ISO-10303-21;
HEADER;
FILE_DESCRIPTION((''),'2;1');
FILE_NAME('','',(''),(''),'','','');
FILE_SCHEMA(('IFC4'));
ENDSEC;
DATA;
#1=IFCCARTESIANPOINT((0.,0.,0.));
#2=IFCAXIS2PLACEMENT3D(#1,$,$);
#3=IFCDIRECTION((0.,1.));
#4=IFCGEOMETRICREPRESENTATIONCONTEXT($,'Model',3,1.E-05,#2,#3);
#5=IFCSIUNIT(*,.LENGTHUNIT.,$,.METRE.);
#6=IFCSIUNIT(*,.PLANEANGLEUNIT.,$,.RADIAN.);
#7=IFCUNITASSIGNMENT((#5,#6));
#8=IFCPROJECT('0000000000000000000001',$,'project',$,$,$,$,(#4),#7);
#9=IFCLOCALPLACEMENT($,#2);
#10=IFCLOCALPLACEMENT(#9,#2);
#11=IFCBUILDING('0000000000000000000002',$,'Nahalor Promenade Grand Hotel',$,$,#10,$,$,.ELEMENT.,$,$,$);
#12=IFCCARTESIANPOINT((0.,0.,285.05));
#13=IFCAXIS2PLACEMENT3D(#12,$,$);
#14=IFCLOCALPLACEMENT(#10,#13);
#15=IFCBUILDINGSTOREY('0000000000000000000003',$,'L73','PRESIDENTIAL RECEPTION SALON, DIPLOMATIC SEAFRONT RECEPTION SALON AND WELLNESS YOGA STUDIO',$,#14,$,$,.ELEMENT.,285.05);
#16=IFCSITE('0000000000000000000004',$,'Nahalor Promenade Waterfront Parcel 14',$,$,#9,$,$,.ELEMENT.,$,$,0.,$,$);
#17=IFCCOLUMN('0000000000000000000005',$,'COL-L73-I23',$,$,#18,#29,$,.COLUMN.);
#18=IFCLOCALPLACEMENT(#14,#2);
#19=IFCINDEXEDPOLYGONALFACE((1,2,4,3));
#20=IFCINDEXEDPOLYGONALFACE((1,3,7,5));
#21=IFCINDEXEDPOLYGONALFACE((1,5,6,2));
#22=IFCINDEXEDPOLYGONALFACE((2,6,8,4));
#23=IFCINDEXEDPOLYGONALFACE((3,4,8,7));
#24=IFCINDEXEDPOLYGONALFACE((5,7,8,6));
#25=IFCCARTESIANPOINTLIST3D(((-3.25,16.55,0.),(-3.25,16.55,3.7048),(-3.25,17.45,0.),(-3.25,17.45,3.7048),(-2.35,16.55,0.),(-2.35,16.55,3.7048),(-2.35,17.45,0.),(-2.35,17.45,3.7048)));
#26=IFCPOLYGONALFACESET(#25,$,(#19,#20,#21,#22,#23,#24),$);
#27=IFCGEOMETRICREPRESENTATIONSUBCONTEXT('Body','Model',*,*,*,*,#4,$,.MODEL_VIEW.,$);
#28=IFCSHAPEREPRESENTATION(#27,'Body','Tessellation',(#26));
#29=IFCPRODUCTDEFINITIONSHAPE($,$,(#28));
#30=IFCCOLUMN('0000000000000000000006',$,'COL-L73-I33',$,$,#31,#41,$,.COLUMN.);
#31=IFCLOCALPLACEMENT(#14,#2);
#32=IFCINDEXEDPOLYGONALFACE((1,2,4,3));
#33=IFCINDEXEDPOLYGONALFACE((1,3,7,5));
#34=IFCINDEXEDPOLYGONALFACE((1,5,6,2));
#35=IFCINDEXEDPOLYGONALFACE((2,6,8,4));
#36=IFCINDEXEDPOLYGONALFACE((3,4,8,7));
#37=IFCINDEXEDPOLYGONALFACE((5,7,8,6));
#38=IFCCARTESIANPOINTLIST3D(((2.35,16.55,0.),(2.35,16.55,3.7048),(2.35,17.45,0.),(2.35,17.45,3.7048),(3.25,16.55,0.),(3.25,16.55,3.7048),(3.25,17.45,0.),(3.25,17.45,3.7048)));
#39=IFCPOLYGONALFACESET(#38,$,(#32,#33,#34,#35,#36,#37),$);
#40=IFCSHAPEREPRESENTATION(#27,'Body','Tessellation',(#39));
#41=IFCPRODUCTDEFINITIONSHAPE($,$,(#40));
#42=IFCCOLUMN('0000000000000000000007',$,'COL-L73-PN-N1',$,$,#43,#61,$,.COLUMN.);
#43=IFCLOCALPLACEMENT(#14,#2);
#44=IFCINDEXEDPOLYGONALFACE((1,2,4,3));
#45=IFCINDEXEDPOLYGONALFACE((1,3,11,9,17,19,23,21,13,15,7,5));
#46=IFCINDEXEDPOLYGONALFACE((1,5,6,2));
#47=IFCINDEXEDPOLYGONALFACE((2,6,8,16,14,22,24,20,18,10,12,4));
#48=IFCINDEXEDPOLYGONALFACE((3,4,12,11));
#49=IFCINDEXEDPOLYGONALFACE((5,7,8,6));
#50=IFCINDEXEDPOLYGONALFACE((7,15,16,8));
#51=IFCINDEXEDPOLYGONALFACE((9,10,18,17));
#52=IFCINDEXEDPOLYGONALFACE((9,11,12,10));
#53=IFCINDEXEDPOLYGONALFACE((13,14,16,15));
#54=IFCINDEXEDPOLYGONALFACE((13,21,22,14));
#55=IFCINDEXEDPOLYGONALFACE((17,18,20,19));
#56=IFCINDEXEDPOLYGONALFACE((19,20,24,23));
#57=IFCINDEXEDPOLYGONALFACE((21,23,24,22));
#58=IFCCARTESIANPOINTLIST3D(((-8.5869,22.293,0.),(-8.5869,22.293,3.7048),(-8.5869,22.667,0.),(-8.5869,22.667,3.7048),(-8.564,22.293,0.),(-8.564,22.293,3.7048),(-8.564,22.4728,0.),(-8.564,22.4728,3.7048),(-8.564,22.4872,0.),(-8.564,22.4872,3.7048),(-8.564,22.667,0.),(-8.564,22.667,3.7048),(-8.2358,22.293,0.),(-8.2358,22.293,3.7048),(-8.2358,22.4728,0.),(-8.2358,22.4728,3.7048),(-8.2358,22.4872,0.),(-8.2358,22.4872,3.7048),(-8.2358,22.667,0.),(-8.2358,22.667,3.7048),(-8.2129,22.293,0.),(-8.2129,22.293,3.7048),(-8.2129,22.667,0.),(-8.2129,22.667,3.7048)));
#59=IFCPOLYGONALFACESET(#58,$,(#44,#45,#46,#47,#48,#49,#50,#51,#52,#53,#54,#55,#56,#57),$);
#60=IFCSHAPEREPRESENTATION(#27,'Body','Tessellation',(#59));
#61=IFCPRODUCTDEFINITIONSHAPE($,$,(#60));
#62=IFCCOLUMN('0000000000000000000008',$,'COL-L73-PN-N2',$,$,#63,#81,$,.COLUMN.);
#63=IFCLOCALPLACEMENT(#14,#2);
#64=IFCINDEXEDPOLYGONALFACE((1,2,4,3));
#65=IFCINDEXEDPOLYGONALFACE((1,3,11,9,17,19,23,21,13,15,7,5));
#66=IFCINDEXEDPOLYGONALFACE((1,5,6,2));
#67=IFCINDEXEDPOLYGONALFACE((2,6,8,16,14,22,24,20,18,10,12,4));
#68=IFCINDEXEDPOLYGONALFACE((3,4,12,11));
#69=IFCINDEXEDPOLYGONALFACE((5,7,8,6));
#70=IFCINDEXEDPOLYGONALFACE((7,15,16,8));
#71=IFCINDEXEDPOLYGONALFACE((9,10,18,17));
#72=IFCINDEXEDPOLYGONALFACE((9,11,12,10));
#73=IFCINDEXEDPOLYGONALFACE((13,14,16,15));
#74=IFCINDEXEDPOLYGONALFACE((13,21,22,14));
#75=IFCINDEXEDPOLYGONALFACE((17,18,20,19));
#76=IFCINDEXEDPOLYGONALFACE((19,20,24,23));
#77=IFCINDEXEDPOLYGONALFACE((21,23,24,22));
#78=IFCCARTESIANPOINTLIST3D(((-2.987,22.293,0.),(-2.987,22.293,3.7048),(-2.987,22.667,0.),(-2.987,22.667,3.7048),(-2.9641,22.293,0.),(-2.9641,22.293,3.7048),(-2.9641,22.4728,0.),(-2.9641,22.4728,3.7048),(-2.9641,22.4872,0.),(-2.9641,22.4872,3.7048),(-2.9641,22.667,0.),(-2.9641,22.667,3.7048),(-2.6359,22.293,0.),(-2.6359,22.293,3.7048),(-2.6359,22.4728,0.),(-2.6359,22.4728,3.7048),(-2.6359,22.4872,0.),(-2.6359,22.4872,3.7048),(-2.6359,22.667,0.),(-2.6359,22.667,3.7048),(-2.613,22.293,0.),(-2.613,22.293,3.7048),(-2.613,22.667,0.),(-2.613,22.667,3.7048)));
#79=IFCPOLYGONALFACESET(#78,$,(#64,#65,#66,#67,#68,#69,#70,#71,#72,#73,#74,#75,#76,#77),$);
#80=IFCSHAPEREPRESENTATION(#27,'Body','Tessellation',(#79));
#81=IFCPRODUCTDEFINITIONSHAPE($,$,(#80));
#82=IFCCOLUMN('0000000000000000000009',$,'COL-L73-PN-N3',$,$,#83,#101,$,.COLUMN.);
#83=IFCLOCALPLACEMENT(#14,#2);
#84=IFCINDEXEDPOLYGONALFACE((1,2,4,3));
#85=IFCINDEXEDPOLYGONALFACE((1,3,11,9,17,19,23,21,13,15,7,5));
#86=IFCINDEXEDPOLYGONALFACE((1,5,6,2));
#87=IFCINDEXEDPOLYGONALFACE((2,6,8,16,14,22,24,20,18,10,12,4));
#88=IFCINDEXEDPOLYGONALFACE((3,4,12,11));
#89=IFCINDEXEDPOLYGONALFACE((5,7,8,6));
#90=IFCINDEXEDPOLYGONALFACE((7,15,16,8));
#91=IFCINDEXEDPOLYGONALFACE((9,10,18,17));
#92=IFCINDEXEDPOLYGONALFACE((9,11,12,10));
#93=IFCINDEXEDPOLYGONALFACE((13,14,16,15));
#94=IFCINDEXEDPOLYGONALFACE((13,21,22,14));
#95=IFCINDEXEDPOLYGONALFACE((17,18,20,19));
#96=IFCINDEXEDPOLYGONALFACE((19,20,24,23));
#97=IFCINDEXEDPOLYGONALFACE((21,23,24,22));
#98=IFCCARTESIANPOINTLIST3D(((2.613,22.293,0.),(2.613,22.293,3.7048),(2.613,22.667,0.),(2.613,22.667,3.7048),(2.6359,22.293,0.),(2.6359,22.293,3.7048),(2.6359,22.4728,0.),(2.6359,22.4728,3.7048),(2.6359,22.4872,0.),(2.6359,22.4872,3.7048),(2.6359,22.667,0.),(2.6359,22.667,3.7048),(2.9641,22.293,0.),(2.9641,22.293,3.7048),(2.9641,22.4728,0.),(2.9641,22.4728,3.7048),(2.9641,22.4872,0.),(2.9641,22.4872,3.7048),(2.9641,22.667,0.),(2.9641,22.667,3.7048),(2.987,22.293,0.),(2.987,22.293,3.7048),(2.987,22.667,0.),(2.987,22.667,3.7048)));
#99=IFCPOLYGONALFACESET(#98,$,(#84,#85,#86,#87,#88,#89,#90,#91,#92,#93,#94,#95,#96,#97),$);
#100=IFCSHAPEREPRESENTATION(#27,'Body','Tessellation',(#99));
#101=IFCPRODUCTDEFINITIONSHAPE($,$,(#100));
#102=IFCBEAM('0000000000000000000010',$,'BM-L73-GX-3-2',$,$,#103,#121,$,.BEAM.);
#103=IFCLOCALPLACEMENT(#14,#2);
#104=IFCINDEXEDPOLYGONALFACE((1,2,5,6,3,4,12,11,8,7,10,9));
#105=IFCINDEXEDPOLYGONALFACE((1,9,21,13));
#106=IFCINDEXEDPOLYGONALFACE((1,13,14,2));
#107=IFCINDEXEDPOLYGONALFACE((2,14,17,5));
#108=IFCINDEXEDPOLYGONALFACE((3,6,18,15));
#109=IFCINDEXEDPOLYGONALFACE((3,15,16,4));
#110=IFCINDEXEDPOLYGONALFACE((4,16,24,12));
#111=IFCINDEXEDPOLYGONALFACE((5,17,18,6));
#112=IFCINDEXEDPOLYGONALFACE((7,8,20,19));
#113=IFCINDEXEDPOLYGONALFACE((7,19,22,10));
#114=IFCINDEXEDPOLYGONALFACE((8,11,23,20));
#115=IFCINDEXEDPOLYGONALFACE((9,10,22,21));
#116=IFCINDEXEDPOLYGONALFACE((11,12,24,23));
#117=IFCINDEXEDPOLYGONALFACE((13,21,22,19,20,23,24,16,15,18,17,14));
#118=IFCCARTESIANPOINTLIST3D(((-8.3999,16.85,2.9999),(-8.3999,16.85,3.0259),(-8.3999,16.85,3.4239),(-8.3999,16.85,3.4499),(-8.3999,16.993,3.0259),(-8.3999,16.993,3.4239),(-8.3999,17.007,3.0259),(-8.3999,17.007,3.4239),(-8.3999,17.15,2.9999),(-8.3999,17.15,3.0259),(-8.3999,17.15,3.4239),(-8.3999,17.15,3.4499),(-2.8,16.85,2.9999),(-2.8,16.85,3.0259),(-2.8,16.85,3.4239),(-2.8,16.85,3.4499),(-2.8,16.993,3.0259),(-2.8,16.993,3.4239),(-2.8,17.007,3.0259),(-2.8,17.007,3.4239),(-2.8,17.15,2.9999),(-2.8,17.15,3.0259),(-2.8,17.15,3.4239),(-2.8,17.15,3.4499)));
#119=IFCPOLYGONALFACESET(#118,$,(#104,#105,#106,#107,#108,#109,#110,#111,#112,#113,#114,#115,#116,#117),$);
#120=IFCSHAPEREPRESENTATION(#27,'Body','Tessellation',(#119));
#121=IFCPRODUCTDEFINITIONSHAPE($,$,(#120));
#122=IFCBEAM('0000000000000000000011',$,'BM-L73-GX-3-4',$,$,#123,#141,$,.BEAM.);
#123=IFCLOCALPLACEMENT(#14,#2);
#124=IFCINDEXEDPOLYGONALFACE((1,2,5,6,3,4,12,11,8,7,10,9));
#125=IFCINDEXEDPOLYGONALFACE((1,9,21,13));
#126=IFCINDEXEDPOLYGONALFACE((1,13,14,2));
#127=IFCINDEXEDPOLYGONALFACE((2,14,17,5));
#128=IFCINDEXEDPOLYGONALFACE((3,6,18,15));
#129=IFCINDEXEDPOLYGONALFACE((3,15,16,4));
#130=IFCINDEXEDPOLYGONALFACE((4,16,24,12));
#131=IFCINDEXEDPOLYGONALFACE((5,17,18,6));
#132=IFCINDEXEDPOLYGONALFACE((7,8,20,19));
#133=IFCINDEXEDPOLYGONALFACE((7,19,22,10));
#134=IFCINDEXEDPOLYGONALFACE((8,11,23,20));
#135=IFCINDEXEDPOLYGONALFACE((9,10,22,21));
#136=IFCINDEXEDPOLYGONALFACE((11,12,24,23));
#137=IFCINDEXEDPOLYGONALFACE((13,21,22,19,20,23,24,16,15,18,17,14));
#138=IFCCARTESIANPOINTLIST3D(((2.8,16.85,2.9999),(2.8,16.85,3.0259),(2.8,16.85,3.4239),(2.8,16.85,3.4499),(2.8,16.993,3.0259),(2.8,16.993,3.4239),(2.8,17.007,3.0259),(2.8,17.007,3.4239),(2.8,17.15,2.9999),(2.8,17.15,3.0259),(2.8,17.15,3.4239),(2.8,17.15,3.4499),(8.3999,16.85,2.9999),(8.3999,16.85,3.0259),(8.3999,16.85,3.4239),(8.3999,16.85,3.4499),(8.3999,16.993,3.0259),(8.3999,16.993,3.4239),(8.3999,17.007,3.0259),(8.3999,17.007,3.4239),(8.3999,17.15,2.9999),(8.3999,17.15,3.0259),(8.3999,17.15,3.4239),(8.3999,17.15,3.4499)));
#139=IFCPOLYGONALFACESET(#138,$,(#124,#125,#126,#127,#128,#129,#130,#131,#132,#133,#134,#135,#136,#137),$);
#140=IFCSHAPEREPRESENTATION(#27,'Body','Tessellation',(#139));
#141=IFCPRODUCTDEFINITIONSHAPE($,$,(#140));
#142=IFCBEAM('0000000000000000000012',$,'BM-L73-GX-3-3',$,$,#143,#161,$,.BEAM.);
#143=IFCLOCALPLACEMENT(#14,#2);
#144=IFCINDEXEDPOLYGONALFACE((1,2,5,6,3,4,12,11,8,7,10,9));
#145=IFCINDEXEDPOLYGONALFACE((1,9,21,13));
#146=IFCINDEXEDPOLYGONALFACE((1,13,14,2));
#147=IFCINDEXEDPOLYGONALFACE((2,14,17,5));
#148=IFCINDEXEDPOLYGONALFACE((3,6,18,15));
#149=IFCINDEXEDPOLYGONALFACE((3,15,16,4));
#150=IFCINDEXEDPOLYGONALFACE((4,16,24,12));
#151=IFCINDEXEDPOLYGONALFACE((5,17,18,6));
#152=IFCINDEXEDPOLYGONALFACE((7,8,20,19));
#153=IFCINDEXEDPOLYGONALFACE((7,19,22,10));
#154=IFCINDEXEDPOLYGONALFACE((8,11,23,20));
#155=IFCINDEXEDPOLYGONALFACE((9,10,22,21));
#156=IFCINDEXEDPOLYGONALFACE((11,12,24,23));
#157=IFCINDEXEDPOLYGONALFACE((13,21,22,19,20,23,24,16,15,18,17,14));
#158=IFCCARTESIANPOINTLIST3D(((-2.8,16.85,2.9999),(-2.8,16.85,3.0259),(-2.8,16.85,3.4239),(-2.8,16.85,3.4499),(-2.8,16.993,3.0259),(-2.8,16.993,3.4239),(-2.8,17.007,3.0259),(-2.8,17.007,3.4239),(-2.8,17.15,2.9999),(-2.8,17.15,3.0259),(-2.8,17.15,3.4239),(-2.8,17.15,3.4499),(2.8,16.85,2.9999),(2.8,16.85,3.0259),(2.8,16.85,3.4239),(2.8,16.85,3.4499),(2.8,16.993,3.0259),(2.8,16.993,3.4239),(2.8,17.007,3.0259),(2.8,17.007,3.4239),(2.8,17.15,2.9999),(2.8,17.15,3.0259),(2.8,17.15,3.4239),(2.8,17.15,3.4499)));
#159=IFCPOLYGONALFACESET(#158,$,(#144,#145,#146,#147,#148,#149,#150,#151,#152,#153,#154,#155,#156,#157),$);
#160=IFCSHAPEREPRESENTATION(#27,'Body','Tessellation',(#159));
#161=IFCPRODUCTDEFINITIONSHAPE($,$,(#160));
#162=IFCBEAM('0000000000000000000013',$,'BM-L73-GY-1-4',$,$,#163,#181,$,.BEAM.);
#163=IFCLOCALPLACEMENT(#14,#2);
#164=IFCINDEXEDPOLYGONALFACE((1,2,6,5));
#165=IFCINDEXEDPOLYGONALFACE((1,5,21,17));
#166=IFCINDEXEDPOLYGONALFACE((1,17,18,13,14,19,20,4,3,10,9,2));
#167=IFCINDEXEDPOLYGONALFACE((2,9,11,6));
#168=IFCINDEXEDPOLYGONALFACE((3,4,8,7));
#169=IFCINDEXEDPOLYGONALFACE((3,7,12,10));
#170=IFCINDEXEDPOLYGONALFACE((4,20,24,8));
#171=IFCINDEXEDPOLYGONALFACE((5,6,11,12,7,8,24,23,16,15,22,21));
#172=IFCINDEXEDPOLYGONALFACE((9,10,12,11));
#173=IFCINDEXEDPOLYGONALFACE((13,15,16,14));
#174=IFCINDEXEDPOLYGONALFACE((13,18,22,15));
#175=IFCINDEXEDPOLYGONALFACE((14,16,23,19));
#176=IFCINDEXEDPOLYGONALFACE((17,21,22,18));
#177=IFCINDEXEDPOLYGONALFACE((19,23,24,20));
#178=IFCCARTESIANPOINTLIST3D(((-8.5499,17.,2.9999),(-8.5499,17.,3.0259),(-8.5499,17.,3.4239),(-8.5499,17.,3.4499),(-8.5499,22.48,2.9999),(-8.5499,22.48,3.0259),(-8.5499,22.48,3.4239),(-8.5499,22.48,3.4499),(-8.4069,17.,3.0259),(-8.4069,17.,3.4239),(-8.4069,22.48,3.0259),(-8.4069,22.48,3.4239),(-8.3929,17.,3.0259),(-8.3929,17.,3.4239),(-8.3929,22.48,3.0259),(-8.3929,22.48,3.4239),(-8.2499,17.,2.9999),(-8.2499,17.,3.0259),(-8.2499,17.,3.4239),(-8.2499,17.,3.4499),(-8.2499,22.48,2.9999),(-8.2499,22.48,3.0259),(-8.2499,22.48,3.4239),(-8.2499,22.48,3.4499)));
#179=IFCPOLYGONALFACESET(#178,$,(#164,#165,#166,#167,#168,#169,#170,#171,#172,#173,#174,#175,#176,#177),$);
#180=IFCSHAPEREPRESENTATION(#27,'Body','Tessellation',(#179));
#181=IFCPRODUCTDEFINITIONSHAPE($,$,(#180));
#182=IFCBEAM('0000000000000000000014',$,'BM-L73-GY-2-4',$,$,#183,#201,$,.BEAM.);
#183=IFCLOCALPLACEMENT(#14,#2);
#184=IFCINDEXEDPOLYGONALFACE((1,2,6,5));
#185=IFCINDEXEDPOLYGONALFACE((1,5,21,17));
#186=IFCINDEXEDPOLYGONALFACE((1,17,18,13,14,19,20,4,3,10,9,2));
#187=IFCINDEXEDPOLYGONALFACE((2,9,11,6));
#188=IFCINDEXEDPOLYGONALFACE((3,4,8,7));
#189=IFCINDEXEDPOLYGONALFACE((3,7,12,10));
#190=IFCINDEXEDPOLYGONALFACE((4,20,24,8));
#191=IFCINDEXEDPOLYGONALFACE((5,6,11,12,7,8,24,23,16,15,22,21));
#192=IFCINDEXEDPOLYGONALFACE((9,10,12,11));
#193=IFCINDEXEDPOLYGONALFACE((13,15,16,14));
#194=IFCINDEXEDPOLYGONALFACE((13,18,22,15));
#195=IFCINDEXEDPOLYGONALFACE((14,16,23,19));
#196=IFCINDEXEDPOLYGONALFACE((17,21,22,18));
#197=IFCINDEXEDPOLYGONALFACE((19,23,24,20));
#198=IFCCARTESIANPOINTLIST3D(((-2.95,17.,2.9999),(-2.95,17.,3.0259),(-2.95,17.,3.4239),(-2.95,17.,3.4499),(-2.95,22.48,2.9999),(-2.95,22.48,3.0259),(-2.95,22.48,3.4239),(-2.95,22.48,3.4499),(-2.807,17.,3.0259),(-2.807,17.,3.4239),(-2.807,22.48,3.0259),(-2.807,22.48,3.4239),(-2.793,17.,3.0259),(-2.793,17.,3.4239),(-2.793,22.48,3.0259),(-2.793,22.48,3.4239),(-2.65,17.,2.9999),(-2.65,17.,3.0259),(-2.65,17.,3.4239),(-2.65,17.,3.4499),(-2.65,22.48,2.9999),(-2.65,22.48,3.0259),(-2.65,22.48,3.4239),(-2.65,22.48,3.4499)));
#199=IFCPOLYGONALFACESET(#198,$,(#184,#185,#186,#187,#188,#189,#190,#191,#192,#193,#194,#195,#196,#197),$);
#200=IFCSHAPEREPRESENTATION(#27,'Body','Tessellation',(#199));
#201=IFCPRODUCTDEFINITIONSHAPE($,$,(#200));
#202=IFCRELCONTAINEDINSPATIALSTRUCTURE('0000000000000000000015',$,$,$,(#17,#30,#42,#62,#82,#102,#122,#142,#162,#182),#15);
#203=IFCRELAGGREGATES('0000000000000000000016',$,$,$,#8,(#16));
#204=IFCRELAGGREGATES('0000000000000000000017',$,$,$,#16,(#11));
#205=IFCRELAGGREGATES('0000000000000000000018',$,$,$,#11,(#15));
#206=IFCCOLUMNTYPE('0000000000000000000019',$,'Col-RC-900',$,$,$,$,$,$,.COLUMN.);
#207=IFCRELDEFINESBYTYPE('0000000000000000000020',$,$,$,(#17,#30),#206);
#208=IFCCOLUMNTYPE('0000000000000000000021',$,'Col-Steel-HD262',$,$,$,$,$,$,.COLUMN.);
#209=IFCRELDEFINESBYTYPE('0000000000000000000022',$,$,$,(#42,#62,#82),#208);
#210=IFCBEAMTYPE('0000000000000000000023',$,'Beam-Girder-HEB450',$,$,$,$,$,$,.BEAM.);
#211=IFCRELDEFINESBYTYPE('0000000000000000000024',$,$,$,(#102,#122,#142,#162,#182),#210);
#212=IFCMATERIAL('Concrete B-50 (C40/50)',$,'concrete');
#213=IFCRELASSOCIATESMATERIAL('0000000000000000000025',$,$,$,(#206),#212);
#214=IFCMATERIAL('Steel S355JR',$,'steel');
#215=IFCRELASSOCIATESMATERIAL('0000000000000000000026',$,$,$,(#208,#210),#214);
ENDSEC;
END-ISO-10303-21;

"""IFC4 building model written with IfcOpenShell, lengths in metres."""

from ifc_helpers import new_model, si_unit, direction, frame, origin, origin_2d, place, context, subcontext, project, spatial, rectangle, i_section, extrude, source, transform, mapped, material, material_profile, profile_set, type_object, element, save


model = new_model("IFC4")

# Units and contexts
model_context = context("Model", 3, precision=1e-05, world=origin(), true_north=direction((0.0, 1.0)))
body_context = subcontext(model_context, "Body", "Model", "MODEL_VIEW")
ifc_project = project(units=[si_unit("LENGTHUNIT", "METRE"), si_unit("PLANEANGLEUNIT", "RADIAN")], contexts=[model_context])

# Site, building, storey
site_placement = place(None, origin())
site = spatial("IfcSite", under=ifc_project, at=site_placement, Name="Nahalor Promenade Waterfront Parcel 14", CompositionType="ELEMENT", RefElevation=0.0)
building_placement = place(site_placement, origin())
building = spatial("IfcBuilding", under=site, at=building_placement, Name="Nahalor Promenade Grand Hotel", CompositionType="ELEMENT")
storey_placement = place(building_placement, frame((0.0, 0.0, 285.05)))
storey = spatial("IfcBuildingStorey", under=building, at=storey_placement, Name="L73", Description="PRESIDENTIAL RECEPTION SALON, DIPLOMATIC SEAFRONT RECEPTION SALON AND WELLNESS YOGA STUDIO", CompositionType="ELEMENT", Elevation=285.05)

# Columns
ifc_material_1 = material(Name="Concrete B-50 (C40/50)", Category="concrete")
ifc_material_profile_1 = material_profile(ifc_material_1, rectangle(XDim=0.9, YDim=0.9, at=origin_2d()), Name="RC 900x900")
ifc_profile_set_1 = profile_set([ifc_material_profile_1], Name="Concrete B-50 (C40/50)")
column_type_1 = type_object("IfcColumnType", Name="Col-RC-900", PredefinedType="COLUMN", material=ifc_profile_set_1)
shared_shape_1 = source(origin(), body_context, "Body", "SweptSolid", [
    extrude(rectangle(XDim=0.9, YDim=0.9, at=origin_2d()), origin(), (0.0, 0.0, 1.0), 3.7048),
])
for number, where, z_axis, x_axis, name in (
    (1, (-2.8, 17.0, 0.0), (0.0, 0.0, 1.0), (1.0, 0.0, 0.0), "COL-L73-I23"),
    (2, (2.8, 17.0, 0.0), (0.0, 0.0, 1.0), (1.0, 0.0, 0.0), "COL-L73-I33"),
):
    element("IfcColumn", number, at=place(storey_placement, frame(where, z_axis=z_axis, x_axis=x_axis)), inside=storey, type_object=column_type_1, Name=name, PredefinedType="COLUMN", context=body_context, shape_type="MappedRepresentation", body=[
        mapped(shared_shape_1, transform((0.0, 0.0, 0.0), scale=1.0)),
    ])
ifc_material_2 = material(Name="Steel S355JR", Category="steel")
ifc_material_profile_2 = material_profile(ifc_material_2, i_section(OverallWidth=0.374, OverallDepth=0.374, WebThickness=0.0144, FlangeThickness=0.0229, at=origin_2d()), Name="HD 360x262")
ifc_profile_set_2 = profile_set([ifc_material_profile_2], Name="Steel S355JR")
column_type_2 = type_object("IfcColumnType", Name="Col-Steel-HD262", PredefinedType="COLUMN", material=ifc_profile_set_2)
shared_shape_2 = source(origin(), body_context, "Body", "SweptSolid", [
    extrude(i_section(OverallWidth=0.374, OverallDepth=0.374, WebThickness=0.0144, FlangeThickness=0.0229, at=origin_2d()), origin(), (0.0, 0.0, 1.0), 3.7048),
])
for number, where, z_axis, x_axis, name in (
    (3, (-8.3999, 22.48, 0.0), (0.0, 0.0, 1.0), (0.0, 1.0, 0.0), "COL-L73-PN-N1"),
    (4, (-2.8, 22.48, 0.0), (0.0, 0.0, 1.0), (0.0, 1.0, 0.0), "COL-L73-PN-N2"),
    (5, (2.8, 22.48, 0.0), (0.0, 0.0, 1.0), (0.0, 1.0, 0.0), "COL-L73-PN-N3"),
):
    element("IfcColumn", number, at=place(storey_placement, frame(where, z_axis=z_axis, x_axis=x_axis)), inside=storey, type_object=column_type_2, Name=name, PredefinedType="COLUMN", context=body_context, shape_type="MappedRepresentation", body=[
        mapped(shared_shape_2, transform((0.0, 0.0, 0.0), scale=1.0)),
    ])

# Beams
ifc_material_profile_3 = material_profile(ifc_material_2, i_section(OverallWidth=0.3, OverallDepth=0.45, WebThickness=0.014, FlangeThickness=0.026, at=origin_2d()), Name="HEB 450")
ifc_profile_set_3 = profile_set([ifc_material_profile_3], Name="Steel S355JR")
beam_type_1 = type_object("IfcBeamType", Name="Beam-Girder-HEB450", PredefinedType="BEAM", material=ifc_profile_set_3)
shared_shape_3 = source(origin(), body_context, "Body", "SweptSolid", [
    extrude(i_section(OverallWidth=0.3, OverallDepth=0.45, WebThickness=0.014, FlangeThickness=0.026, at=origin_2d()), origin(), (0.0, 0.0, 1.0), 5.5999),
])
for number, where, z_axis, x_axis, name in (
    (6, (-8.3999, 17.0, 3.2249), (1.0, 0.0, 0.0), (0.0, 1.0, 0.0), "BM-L73-GX-3-2"),
    (7, (2.8, 17.0, 3.2249), (1.0, 0.0, 0.0), (0.0, 1.0, 0.0), "BM-L73-GX-3-4"),
):
    element("IfcBeam", number, at=place(storey_placement, frame(where, z_axis=z_axis, x_axis=x_axis)), inside=storey, type_object=beam_type_1, Name=name, PredefinedType="BEAM", context=body_context, shape_type="MappedRepresentation", body=[
        mapped(shared_shape_3, transform((0.0, 0.0, 0.0), scale=1.0)),
    ])
shared_shape_4 = source(origin(), body_context, "Body", "SweptSolid", [
    extrude(i_section(OverallWidth=0.3, OverallDepth=0.45, WebThickness=0.014, FlangeThickness=0.026, at=origin_2d()), origin(), (0.0, 0.0, 1.0), 5.6001),
])
beam_1_placement = place(storey_placement, frame((-2.8, 17.0, 3.2249), z_axis=(1.0, 0.0, 0.0), x_axis=(0.0, 1.0, 0.0)))
element("IfcBeam", 8, at=beam_1_placement, inside=storey, type_object=beam_type_1, Name="BM-L73-GX-3-3", PredefinedType="BEAM", context=body_context, shape_type="MappedRepresentation", body=[
    mapped(shared_shape_4, transform((0.0, 0.0, 0.0), scale=1.0)),
])
shared_shape_5 = source(origin(), body_context, "Body", "SweptSolid", [
    extrude(i_section(OverallWidth=0.3, OverallDepth=0.45, WebThickness=0.014, FlangeThickness=0.026, at=origin_2d()), origin(), (0.0, 0.0, 1.0), 5.48),
])
for number, where, z_axis, x_axis, name in (
    (9, (-8.3999, 17.0, 3.2249), (0.0, 1.0, 0.0), (-1.0, 0.0, 0.0), "BM-L73-GY-1-4"),
    (10, (-2.8, 17.0, 3.2249), (0.0, 1.0, 0.0), (-1.0, 0.0, 0.0), "BM-L73-GY-2-4"),
):
    element("IfcBeam", number, at=place(storey_placement, frame(where, z_axis=z_axis, x_axis=x_axis)), inside=storey, type_object=beam_type_1, Name=name, PredefinedType="BEAM", context=body_context, shape_type="MappedRepresentation", body=[
        mapped(shared_shape_5, transform((0.0, 0.0, 0.0), scale=1.0)),
    ])

save(model, "model.ifc")
